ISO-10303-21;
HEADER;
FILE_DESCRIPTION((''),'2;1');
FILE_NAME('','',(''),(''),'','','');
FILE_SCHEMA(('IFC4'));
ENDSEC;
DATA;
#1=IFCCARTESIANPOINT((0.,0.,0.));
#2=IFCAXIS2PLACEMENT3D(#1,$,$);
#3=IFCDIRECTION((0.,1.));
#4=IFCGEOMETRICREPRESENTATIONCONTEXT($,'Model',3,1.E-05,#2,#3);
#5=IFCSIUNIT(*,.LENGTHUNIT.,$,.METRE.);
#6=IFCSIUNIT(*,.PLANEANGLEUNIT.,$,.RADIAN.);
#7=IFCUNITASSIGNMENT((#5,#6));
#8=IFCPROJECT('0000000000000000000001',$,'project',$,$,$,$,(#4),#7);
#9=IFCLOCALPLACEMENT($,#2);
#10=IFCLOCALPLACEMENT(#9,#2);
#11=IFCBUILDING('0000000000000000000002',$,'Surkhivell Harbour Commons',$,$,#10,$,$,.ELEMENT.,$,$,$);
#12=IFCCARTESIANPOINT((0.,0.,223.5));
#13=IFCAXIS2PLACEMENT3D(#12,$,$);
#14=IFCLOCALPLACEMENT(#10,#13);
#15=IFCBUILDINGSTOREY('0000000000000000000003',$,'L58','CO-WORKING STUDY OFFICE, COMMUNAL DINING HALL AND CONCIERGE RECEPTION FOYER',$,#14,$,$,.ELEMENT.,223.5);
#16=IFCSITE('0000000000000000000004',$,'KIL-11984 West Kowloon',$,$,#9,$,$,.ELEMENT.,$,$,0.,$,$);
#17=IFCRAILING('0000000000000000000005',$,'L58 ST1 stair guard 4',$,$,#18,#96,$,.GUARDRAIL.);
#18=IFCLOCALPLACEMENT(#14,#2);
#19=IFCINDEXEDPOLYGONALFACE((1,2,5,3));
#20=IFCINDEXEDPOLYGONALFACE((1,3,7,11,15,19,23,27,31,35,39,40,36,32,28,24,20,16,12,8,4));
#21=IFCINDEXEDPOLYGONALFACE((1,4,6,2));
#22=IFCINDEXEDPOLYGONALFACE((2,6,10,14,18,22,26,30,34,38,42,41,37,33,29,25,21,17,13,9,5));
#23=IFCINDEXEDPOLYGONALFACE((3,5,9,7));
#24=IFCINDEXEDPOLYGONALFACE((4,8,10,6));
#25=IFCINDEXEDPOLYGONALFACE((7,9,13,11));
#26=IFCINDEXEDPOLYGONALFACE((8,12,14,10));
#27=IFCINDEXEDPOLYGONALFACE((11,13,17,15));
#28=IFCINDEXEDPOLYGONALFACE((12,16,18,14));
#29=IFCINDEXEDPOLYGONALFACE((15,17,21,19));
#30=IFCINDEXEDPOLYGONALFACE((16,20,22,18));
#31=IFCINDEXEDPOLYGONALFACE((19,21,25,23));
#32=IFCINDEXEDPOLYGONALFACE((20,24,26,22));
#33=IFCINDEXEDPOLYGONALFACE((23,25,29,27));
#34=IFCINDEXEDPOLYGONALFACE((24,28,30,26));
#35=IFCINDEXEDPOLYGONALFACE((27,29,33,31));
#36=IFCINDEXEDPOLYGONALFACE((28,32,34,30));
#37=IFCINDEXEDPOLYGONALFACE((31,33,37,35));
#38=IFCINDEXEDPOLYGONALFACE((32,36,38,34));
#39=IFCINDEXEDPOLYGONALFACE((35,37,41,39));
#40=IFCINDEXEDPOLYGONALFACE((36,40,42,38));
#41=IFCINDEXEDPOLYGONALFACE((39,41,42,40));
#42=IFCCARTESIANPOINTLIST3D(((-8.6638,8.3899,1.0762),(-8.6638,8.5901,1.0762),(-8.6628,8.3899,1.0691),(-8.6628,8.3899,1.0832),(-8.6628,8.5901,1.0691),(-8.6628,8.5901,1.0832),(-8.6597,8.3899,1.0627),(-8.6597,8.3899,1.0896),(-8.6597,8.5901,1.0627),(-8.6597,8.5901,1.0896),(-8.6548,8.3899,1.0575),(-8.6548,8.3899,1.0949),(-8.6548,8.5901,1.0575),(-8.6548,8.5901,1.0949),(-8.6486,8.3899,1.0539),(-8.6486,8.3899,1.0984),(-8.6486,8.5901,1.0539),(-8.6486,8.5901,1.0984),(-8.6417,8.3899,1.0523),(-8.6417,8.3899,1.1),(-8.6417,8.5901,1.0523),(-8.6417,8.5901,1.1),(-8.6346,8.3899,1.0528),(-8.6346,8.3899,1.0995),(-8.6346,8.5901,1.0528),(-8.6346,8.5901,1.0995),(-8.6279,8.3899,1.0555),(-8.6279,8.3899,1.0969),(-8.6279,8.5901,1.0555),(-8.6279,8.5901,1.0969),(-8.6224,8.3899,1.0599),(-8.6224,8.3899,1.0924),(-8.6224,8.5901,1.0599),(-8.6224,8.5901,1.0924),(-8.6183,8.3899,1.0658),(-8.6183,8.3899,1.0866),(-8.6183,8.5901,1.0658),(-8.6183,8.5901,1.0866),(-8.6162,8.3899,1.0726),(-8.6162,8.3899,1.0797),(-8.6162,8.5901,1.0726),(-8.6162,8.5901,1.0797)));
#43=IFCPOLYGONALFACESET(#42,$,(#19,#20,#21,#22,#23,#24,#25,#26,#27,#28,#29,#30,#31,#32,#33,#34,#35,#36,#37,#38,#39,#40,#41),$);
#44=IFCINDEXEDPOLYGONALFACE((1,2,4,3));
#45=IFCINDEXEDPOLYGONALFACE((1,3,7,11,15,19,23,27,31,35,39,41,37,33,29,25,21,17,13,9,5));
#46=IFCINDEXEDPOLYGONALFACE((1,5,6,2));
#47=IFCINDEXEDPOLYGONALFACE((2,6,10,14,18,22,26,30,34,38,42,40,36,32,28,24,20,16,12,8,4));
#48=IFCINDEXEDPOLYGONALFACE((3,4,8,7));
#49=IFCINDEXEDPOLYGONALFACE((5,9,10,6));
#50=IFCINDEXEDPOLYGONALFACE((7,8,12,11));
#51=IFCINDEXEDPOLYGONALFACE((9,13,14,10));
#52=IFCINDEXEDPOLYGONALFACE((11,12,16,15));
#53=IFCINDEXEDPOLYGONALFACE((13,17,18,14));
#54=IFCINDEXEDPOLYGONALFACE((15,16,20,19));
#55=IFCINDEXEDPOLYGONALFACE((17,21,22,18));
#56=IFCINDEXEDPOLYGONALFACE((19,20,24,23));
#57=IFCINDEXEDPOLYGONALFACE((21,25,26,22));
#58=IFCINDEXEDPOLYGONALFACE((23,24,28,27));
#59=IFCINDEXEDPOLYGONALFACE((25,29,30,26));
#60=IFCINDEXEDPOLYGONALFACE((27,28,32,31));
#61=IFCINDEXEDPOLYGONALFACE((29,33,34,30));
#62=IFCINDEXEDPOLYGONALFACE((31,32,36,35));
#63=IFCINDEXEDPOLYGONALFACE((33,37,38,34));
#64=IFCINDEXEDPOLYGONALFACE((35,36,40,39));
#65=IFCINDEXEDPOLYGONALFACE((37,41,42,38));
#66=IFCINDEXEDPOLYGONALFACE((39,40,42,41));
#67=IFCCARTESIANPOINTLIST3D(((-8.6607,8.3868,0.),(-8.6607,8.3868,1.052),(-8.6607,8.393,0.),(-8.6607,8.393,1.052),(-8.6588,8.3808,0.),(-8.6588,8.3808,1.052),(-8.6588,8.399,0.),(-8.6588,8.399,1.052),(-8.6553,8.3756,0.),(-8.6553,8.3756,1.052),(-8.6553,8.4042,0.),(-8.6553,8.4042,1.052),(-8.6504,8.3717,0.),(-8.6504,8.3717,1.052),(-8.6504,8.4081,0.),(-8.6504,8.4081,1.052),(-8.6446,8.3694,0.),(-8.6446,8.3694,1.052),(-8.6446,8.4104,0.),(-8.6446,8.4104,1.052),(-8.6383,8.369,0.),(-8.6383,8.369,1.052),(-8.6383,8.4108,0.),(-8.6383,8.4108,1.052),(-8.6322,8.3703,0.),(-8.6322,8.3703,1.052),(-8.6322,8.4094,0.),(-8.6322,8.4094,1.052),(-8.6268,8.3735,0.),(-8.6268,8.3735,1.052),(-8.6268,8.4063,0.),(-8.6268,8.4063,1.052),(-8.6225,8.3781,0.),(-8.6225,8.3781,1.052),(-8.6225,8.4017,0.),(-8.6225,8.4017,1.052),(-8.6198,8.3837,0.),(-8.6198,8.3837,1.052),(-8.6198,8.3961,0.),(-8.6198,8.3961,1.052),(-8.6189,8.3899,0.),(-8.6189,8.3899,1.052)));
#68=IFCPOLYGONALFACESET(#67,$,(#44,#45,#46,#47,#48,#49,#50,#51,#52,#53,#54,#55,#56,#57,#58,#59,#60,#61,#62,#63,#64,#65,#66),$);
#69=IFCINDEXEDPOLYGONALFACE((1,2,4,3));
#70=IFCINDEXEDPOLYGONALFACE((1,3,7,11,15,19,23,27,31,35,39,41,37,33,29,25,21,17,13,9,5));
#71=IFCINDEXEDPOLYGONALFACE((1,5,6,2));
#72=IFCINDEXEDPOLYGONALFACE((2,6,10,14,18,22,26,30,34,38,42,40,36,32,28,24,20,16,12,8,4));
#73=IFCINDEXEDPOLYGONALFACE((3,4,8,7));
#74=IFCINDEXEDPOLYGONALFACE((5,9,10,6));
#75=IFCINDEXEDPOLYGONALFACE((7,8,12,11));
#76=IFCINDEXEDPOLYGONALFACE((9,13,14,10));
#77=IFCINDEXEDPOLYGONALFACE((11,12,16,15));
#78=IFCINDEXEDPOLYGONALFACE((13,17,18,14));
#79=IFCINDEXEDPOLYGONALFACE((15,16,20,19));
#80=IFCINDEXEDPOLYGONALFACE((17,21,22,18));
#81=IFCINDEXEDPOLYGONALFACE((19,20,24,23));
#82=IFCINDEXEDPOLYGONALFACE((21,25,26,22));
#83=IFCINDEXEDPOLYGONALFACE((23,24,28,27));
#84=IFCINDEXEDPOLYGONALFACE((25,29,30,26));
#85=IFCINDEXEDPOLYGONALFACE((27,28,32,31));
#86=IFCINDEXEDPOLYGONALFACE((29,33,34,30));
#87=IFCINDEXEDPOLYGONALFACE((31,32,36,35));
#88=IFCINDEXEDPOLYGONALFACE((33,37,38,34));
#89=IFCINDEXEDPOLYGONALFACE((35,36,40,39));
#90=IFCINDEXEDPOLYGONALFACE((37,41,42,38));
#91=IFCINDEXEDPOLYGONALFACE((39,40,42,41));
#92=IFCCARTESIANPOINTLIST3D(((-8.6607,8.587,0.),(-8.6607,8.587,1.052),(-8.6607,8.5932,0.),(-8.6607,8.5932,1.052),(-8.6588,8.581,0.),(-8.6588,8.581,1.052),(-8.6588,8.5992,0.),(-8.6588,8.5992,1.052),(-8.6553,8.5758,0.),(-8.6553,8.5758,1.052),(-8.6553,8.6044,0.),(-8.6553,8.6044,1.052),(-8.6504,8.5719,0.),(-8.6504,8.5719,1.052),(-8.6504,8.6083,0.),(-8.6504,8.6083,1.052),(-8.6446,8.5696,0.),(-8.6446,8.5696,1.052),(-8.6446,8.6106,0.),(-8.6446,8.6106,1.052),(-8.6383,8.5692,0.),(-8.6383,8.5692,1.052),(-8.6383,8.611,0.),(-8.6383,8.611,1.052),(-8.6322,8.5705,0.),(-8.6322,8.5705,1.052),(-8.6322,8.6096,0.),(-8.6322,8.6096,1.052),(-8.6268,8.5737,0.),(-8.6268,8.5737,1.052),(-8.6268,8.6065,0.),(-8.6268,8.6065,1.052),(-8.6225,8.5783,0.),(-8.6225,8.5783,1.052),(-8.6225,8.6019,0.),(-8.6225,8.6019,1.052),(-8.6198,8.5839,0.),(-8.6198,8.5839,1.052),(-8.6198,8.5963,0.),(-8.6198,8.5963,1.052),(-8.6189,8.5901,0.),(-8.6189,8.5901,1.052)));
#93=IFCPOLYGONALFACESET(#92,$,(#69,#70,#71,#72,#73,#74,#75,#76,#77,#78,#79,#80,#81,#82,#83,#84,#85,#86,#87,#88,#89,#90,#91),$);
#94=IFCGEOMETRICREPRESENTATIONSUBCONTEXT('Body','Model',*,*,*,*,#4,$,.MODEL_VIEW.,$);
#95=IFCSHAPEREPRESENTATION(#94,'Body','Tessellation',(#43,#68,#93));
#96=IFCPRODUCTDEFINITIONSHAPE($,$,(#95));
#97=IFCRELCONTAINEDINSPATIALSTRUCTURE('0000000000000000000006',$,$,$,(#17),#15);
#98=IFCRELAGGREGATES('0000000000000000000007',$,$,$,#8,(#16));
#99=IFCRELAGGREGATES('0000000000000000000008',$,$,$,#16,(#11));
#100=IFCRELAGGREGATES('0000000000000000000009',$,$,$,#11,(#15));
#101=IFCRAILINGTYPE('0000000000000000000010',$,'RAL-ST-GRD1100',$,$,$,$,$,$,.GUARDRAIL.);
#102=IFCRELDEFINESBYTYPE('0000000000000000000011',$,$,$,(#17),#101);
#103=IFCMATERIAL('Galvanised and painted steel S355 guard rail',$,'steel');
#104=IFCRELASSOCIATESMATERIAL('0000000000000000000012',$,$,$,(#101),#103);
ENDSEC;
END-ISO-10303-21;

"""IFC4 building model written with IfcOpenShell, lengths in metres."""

from ifc_helpers import new_model, si_unit, direction, frame, origin, origin_2d, place, context, subcontext, project, spatial, circle, extrude, material, type_object, element, save


model = new_model("IFC4")

# Units and contexts
model_context = context("Model", 3, precision=1e-05, world=origin(), true_north=direction((0.0, 1.0)))
body_context = subcontext(model_context, "Body", "Model", "MODEL_VIEW")
ifc_project = project(units=[si_unit("LENGTHUNIT", "METRE"), si_unit("PLANEANGLEUNIT", "RADIAN")], contexts=[model_context])

# Site, building, storey
site_placement = place(None, origin())
site = spatial("IfcSite", under=ifc_project, at=site_placement, Name="KIL-11984 West Kowloon", CompositionType="ELEMENT", RefElevation=0.0)
building_placement = place(site_placement, origin())
building = spatial("IfcBuilding", under=site, at=building_placement, Name="Surkhivell Harbour Commons", CompositionType="ELEMENT")
storey_placement = place(building_placement, frame((0.0, 0.0, 223.5)))
storey = spatial("IfcBuildingStorey", under=building, at=storey_placement, Name="L58", Description="CO-WORKING STUDY OFFICE, COMMUNAL DINING HALL AND CONCIERGE RECEPTION FOYER", CompositionType="ELEMENT", Elevation=223.5)

# Railing
ifc_material_1 = material(Name="Galvanised and painted steel S355 guard rail", Category="steel")
railing_type_1 = type_object("IfcRailingType", Name="RAL-ST-GRD1100", PredefinedType="GUARDRAIL", material=ifc_material_1)
railing_1_placement = place(storey_placement, frame((-8.6399, 8.3899, 0.0)))
element("IfcRailing", 1, at=railing_1_placement, inside=storey, type_object=railing_type_1, Name="L58 ST1 stair guard 4", PredefinedType="GUARDRAIL", context=body_context, shape_type="SweptSolid", body=[
    extrude(circle(Radius=0.0239, at=origin_2d()), frame((0.0, 0.0, 1.0762), z_axis=(0.0, 1.0, 0.0), x_axis=(-1.0, 0.0, 0.0)), (0.0, 0.0, 1.0), 0.2002),
    extrude(circle(Radius=0.021, at=origin_2d()), origin(), (0.0, 0.0, 1.0), 1.052),
    extrude(circle(Radius=0.021, at=origin_2d()), frame((0.0, 0.2002, 0.0)), (0.0, 0.0, 1.0), 1.052),
])

save(model, "model.ifc")
